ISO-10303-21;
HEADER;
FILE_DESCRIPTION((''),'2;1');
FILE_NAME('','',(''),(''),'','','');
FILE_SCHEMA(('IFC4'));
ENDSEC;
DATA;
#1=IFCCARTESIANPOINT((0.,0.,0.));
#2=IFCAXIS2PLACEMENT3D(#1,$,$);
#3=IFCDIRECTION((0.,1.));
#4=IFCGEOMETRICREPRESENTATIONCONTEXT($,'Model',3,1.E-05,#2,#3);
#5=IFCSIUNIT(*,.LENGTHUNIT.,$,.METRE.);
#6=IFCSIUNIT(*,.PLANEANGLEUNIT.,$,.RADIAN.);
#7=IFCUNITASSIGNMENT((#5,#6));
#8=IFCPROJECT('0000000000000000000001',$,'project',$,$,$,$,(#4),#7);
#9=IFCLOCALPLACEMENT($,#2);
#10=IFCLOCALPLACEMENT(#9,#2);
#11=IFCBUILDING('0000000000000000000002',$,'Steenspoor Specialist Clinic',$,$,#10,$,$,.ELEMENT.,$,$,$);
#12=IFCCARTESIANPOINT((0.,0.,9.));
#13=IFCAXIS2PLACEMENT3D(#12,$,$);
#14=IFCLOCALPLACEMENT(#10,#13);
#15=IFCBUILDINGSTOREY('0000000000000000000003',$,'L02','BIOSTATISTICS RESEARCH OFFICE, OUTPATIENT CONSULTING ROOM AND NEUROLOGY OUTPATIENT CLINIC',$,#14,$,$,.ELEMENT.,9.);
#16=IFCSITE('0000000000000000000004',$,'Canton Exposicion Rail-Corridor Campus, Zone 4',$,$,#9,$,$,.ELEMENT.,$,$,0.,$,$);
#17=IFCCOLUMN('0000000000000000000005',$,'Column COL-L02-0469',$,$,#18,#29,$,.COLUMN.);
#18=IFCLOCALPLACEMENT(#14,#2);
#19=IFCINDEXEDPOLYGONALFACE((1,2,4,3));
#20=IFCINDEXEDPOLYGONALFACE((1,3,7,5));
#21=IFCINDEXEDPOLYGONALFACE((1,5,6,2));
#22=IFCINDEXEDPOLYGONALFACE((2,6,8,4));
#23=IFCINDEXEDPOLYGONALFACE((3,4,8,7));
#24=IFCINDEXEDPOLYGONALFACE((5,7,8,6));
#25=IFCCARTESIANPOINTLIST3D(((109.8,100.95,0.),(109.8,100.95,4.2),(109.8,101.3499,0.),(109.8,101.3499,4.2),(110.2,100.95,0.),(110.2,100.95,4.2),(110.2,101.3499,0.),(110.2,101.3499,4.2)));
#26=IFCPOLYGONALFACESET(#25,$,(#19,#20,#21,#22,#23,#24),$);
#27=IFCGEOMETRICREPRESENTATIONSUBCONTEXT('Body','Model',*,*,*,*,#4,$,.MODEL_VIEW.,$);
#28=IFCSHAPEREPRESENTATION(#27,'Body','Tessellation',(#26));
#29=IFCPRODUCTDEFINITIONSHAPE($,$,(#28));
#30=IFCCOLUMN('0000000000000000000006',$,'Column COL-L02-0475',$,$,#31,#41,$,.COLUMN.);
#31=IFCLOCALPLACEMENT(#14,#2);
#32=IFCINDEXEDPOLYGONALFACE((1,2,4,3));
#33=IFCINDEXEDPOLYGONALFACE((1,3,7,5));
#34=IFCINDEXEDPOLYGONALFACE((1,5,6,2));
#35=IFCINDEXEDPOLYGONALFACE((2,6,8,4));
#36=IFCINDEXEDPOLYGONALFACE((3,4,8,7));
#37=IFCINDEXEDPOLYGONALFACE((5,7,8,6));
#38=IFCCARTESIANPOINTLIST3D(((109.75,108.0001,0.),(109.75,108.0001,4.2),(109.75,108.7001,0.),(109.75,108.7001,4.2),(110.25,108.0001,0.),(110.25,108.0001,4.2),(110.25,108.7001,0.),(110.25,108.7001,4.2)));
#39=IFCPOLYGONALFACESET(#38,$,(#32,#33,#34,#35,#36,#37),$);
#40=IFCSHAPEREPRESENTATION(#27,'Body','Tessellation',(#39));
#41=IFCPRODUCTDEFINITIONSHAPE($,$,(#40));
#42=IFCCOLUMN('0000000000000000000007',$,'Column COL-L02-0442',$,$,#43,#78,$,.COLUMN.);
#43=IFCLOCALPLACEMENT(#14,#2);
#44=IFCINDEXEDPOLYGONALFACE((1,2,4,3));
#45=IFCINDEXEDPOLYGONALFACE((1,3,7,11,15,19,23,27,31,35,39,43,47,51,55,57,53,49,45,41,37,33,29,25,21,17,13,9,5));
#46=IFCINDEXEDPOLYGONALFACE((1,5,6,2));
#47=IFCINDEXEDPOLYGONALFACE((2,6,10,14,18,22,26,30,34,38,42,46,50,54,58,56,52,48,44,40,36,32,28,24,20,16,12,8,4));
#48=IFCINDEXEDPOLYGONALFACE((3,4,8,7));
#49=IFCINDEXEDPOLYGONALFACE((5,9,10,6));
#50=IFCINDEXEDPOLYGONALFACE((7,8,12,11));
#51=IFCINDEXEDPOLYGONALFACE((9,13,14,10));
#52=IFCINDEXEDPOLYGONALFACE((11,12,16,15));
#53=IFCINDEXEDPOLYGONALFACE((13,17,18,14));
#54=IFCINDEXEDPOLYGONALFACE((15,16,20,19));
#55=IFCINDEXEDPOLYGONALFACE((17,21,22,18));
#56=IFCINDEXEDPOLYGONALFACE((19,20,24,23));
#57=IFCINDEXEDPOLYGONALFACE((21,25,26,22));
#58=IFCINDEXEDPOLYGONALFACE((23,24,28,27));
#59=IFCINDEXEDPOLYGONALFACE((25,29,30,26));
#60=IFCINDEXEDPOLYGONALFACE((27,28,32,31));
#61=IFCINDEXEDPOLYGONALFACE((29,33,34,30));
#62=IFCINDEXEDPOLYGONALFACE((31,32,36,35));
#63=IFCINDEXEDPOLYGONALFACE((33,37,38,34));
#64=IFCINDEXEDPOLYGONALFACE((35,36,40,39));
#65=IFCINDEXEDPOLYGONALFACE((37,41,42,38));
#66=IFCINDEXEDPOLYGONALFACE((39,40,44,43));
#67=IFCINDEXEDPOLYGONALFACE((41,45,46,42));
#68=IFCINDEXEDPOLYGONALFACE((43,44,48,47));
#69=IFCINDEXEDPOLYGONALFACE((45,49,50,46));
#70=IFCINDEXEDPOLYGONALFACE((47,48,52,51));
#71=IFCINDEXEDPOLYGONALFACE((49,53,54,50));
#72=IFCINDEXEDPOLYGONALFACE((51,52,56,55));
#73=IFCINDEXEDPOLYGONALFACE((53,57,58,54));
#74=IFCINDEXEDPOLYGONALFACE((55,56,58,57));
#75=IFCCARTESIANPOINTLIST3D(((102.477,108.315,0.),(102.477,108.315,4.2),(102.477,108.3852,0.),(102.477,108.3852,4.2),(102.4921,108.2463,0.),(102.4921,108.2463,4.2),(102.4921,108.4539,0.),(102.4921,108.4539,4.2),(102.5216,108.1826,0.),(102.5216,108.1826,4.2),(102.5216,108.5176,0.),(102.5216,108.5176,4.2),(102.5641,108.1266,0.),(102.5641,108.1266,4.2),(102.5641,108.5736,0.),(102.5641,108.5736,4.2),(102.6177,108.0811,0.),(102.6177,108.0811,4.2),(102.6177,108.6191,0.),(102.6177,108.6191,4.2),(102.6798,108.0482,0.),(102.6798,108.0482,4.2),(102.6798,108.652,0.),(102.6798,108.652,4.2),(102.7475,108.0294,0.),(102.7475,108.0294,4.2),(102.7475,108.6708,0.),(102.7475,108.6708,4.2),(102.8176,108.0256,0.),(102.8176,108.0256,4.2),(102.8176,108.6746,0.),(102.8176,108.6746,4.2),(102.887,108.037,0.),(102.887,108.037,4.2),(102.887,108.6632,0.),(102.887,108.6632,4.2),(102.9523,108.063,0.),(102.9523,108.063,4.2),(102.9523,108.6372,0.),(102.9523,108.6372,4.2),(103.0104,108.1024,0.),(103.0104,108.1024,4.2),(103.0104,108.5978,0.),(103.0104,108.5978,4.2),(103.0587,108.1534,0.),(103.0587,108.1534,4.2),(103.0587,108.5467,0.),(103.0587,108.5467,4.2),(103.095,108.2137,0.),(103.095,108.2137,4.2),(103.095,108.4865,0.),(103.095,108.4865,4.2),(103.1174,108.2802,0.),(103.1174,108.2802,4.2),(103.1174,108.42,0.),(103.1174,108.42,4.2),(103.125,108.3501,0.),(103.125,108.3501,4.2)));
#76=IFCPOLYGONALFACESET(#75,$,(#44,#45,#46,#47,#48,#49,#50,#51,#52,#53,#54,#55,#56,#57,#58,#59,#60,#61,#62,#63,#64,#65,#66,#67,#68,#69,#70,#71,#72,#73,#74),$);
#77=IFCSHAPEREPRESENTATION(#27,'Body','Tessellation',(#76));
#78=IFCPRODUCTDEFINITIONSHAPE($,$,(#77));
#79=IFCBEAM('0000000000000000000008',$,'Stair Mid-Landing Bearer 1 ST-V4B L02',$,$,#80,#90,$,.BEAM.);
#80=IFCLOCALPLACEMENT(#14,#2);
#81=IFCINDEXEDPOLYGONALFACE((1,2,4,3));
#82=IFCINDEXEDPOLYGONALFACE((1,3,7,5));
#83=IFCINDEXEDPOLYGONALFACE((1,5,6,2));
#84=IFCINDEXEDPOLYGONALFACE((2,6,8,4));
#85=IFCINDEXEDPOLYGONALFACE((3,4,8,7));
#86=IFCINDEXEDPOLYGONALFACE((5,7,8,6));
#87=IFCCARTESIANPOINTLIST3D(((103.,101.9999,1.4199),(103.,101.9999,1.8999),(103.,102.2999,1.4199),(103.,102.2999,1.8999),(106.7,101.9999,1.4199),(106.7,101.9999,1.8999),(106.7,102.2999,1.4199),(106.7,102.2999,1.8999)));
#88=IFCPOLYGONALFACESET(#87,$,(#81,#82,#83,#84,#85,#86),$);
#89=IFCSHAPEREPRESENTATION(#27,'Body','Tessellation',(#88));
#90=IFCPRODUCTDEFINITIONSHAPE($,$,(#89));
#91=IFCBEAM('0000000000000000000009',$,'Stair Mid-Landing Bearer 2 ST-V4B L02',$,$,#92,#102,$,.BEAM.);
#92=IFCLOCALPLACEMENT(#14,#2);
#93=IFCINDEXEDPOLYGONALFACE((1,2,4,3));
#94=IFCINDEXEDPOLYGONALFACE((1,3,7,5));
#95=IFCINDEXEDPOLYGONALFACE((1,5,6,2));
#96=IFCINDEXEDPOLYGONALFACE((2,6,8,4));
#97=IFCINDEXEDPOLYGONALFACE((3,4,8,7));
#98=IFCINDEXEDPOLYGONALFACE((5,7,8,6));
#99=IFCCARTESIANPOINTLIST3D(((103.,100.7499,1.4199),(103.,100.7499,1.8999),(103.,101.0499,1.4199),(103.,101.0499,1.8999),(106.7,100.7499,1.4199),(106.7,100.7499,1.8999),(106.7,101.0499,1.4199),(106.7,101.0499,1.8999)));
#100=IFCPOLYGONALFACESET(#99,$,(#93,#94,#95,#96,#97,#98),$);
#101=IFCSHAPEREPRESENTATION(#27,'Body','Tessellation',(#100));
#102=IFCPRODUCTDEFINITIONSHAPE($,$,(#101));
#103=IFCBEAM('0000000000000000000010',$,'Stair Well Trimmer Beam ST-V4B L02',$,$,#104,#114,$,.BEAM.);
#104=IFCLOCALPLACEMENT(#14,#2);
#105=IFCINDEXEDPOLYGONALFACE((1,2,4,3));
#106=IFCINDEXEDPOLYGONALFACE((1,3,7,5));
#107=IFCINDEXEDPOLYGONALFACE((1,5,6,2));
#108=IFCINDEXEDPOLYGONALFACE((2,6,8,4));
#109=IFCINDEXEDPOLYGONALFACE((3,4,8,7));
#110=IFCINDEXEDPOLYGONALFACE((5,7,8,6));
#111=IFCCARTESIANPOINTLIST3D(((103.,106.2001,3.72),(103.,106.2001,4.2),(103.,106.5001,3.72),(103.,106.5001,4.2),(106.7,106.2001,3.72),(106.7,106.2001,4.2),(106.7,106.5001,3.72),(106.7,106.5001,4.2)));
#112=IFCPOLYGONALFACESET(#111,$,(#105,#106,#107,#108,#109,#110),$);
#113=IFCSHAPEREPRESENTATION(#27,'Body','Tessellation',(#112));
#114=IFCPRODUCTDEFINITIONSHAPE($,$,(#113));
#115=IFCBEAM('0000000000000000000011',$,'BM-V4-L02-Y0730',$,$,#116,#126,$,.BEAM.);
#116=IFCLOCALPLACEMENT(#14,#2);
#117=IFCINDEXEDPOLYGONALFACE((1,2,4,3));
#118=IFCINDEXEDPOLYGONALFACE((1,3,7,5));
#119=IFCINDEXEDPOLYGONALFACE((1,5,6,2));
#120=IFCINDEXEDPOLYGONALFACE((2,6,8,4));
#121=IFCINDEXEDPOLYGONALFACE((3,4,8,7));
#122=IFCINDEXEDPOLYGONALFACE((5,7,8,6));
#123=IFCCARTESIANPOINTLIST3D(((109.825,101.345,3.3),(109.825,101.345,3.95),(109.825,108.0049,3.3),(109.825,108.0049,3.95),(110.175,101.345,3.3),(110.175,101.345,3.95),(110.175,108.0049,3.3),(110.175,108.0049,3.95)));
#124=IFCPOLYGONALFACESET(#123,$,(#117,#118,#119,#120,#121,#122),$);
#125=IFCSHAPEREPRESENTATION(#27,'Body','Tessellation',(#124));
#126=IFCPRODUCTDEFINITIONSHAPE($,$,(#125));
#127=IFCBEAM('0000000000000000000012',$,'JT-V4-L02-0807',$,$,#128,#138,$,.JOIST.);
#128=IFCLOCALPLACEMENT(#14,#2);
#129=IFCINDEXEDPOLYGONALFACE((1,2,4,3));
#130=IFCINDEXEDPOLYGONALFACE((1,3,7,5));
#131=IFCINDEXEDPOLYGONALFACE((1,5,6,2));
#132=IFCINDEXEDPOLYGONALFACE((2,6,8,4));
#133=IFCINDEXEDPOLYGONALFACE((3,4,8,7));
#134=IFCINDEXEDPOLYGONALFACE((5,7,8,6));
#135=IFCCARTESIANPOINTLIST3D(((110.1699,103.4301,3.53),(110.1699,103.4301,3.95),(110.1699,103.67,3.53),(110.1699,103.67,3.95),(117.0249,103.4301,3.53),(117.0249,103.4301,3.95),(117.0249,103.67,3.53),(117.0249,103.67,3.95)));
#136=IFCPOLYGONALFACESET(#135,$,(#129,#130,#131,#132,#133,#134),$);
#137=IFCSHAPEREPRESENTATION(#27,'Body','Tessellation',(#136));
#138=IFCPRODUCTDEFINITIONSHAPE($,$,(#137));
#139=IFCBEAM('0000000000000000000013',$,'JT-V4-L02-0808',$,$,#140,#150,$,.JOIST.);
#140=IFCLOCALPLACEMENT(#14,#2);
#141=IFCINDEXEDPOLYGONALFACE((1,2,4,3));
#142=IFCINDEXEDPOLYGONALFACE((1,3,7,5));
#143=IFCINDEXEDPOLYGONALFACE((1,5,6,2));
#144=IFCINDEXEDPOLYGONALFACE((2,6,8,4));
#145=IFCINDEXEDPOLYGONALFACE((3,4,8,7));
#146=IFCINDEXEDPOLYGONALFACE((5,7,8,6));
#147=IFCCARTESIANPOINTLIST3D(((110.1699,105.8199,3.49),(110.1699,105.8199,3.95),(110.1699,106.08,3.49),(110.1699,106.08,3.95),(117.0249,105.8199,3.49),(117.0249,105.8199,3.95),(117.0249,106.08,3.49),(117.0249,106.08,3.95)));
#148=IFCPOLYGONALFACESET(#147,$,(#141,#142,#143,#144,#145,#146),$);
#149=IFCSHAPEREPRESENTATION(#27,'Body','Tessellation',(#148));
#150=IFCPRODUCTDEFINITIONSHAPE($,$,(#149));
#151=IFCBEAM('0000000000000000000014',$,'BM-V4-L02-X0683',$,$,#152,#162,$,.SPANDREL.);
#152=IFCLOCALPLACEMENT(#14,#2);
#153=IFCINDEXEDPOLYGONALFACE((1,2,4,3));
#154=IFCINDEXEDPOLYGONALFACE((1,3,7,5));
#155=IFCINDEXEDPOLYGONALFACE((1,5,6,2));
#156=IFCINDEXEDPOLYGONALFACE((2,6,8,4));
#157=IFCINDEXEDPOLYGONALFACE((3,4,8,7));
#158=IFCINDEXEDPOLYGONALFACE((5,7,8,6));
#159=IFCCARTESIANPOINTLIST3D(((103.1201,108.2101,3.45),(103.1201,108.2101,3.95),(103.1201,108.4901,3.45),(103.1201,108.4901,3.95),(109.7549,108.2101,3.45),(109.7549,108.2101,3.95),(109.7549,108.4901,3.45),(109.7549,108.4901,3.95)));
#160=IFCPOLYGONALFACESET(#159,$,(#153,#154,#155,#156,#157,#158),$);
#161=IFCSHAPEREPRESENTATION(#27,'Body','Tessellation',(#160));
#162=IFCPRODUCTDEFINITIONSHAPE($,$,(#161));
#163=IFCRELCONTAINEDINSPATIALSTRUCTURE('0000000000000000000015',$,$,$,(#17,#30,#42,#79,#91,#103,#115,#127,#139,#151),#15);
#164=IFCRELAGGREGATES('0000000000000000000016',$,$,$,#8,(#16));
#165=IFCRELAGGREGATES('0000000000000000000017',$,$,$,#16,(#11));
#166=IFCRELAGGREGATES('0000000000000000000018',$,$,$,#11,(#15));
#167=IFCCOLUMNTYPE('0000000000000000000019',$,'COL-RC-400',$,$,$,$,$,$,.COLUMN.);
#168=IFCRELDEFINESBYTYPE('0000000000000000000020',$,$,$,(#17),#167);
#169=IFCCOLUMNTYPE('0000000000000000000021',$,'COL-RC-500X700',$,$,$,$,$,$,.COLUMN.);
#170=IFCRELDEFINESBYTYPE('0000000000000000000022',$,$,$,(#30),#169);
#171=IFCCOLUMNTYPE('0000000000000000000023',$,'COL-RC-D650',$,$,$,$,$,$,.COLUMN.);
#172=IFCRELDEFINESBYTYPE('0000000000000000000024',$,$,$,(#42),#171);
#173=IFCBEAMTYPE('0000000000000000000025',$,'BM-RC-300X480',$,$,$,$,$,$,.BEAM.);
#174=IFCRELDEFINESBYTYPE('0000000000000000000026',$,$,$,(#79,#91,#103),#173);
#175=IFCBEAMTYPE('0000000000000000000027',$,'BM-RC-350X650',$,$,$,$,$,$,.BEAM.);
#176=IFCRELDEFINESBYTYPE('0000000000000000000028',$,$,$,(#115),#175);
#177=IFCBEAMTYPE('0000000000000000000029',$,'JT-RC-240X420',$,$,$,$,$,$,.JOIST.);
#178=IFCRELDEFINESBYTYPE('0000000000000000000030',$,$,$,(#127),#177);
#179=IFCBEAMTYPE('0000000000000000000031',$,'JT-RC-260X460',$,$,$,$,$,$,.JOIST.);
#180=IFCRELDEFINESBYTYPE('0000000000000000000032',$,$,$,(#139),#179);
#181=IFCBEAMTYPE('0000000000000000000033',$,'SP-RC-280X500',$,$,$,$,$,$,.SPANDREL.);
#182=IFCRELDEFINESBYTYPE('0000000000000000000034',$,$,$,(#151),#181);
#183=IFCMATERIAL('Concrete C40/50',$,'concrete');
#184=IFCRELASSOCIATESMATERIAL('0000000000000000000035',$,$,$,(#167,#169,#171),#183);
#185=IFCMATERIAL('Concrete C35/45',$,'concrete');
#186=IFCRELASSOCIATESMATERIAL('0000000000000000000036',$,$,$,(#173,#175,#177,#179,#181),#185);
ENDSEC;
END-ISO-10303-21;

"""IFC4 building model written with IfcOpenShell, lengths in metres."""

from ifc_helpers import new_model, si_unit, direction, frame, origin, origin_2d, place, context, subcontext, project, spatial, rectangle, circle, extrude, material, material_profile, profile_set, type_object, element, save


model = new_model("IFC4")

# Units and contexts
model_context = context("Model", 3, precision=1e-05, world=origin(), true_north=direction((0.0, 1.0)))
body_context = subcontext(model_context, "Body", "Model", "MODEL_VIEW")
ifc_project = project(units=[si_unit("LENGTHUNIT", "METRE"), si_unit("PLANEANGLEUNIT", "RADIAN")], contexts=[model_context])

# Site, building, storey
site_placement = place(None, origin())
site = spatial("IfcSite", under=ifc_project, at=site_placement, Name="Canton Exposicion Rail-Corridor Campus, Zone 4", CompositionType="ELEMENT", RefElevation=0.0)
building_placement = place(site_placement, origin())
building = spatial("IfcBuilding", under=site, at=building_placement, Name="Steenspoor Specialist Clinic", CompositionType="ELEMENT")
storey_placement = place(building_placement, frame((0.0, 0.0, 9.0)))
storey = spatial("IfcBuildingStorey", under=building, at=storey_placement, Name="L02", Description="BIOSTATISTICS RESEARCH OFFICE, OUTPATIENT CONSULTING ROOM AND NEUROLOGY OUTPATIENT CLINIC", CompositionType="ELEMENT", Elevation=9.0)

# Columns
ifc_material_1 = material(Name="Concrete C40/50", Category="concrete")
ifc_material_profile_1 = material_profile(ifc_material_1, rectangle(XDim=0.3999, YDim=0.3999, at=origin_2d()), Name="RC-COL-400X400")
ifc_profile_set_1 = profile_set([ifc_material_profile_1], Name="Concrete C40/50")
column_type_1 = type_object("IfcColumnType", Name="COL-RC-400", PredefinedType="COLUMN", material=ifc_profile_set_1)
column_1_placement = place(storey_placement, frame((110.0, 101.1499, 0.0), z_axis=(0.0, 0.0, 1.0), x_axis=(1.0, 0.0, 0.0)))
element("IfcColumn", 1, at=column_1_placement, inside=storey, type_object=column_type_1, Name="Column COL-L02-0469", PredefinedType="COLUMN", context=body_context, shape_type="SweptSolid", body=[
    extrude(rectangle(XDim=0.3999, YDim=0.3999, at=origin_2d()), origin(), (0.0, 0.0, 1.0), 4.2),
])
ifc_material_profile_2 = material_profile(ifc_material_1, rectangle(XDim=0.5, YDim=0.7, at=origin_2d()), Name="RC-COL-500X700")
ifc_profile_set_2 = profile_set([ifc_material_profile_2], Name="Concrete C40/50")
column_type_2 = type_object("IfcColumnType", Name="COL-RC-500X700", PredefinedType="COLUMN", material=ifc_profile_set_2)
column_2_placement = place(storey_placement, frame((110.0, 108.3501, 0.0), z_axis=(0.0, 0.0, 1.0), x_axis=(1.0, 0.0, 0.0)))
element("IfcColumn", 2, at=column_2_placement, inside=storey, type_object=column_type_2, Name="Column COL-L02-0475", PredefinedType="COLUMN", context=body_context, shape_type="SweptSolid", body=[
    extrude(rectangle(XDim=0.5, YDim=0.7, at=origin_2d()), origin(), (0.0, 0.0, 1.0), 4.2),
])
ifc_material_profile_3 = material_profile(ifc_material_1, circle(Radius=0.325, at=origin_2d()), Name="RC-COL-D650")
ifc_profile_set_3 = profile_set([ifc_material_profile_3], Name="Concrete C40/50")
column_type_3 = type_object("IfcColumnType", Name="COL-RC-D650", PredefinedType="COLUMN", material=ifc_profile_set_3)
column_3_placement = place(storey_placement, frame((102.8, 108.3501, 0.0), z_axis=(0.0, 0.0, 1.0), x_axis=(1.0, 0.0, 0.0)))
element("IfcColumn", 3, at=column_3_placement, inside=storey, type_object=column_type_3, Name="Column COL-L02-0442", PredefinedType="COLUMN", context=body_context, shape_type="SweptSolid", body=[
    extrude(circle(Radius=0.325, at=origin_2d()), origin(), (0.0, 0.0, 1.0), 4.2),
])

# Beams
ifc_material_2 = material(Name="Concrete C35/45", Category="concrete")
ifc_material_profile_4 = material_profile(ifc_material_2, rectangle(XDim=0.3, YDim=0.48, at=origin_2d()), Name="RC-BM-300X480")
ifc_profile_set_4 = profile_set([ifc_material_profile_4], Name="Concrete C35/45")
beam_type_1 = type_object("IfcBeamType", Name="BM-RC-300X480", PredefinedType="BEAM", material=ifc_profile_set_4)
for number, where, z_axis, x_axis, name in (
    (4, (103.0, 102.1499, 1.6599), (1.0, 0.0, 0.0), (0.0, 1.0, 0.0), "Stair Mid-Landing Bearer 1 ST-V4B L02"),
    (5, (103.0, 100.8999, 1.6599), (1.0, 0.0, 0.0), (0.0, 1.0, 0.0), "Stair Mid-Landing Bearer 2 ST-V4B L02"),
    (6, (103.0, 106.3501, 3.96), (1.0, 0.0, 0.0), (0.0, 1.0, 0.0), "Stair Well Trimmer Beam ST-V4B L02"),
):
    element("IfcBeam", number, at=place(storey_placement, frame(where, z_axis=z_axis, x_axis=x_axis)), inside=storey, type_object=beam_type_1, Name=name, PredefinedType="BEAM", context=body_context, shape_type="SweptSolid", body=[
        extrude(rectangle(XDim=0.3, YDim=0.48, at=origin_2d()), origin(), (0.0, 0.0, 1.0), 3.7),
    ])
ifc_material_profile_5 = material_profile(ifc_material_2, rectangle(XDim=0.3501, YDim=0.6499, at=origin_2d()), Name="RC-BM-350X650")
ifc_profile_set_5 = profile_set([ifc_material_profile_5], Name="Concrete C35/45")
beam_type_2 = type_object("IfcBeamType", Name="BM-RC-350X650", PredefinedType="BEAM", material=ifc_profile_set_5)
beam_1_placement = place(storey_placement, frame((110.0, 101.345, 3.625), z_axis=(0.0, 1.0, 0.0), x_axis=(-1.0, 0.0, 0.0)))
element("IfcBeam", 7, at=beam_1_placement, inside=storey, type_object=beam_type_2, Name="BM-V4-L02-Y0730", PredefinedType="BEAM", context=body_context, shape_type="SweptSolid", body=[
    extrude(rectangle(XDim=0.3501, YDim=0.6499, at=origin_2d()), origin(), (0.0, 0.0, 1.0), 6.6599),
])
ifc_material_profile_6 = material_profile(ifc_material_2, rectangle(XDim=0.24, YDim=0.4199, at=origin_2d()), Name="RC-JT-240X420")
ifc_profile_set_6 = profile_set([ifc_material_profile_6], Name="Concrete C35/45")
beam_type_3 = type_object("IfcBeamType", Name="JT-RC-240X420", PredefinedType="JOIST", material=ifc_profile_set_6)
beam_2_placement = place(storey_placement, frame((110.1699, 103.55, 3.74), z_axis=(1.0, 0.0, 0.0), x_axis=(0.0, 1.0, 0.0)))
element("IfcBeam", 8, at=beam_2_placement, inside=storey, type_object=beam_type_3, Name="JT-V4-L02-0807", PredefinedType="JOIST", context=body_context, shape_type="SweptSolid", body=[
    extrude(rectangle(XDim=0.24, YDim=0.4199, at=origin_2d()), origin(), (0.0, 0.0, 1.0), 6.855),
])
ifc_material_profile_7 = material_profile(ifc_material_2, rectangle(XDim=0.26, YDim=0.46, at=origin_2d()), Name="RC-JT-260X460")
ifc_profile_set_7 = profile_set([ifc_material_profile_7], Name="Concrete C35/45")
beam_type_4 = type_object("IfcBeamType", Name="JT-RC-260X460", PredefinedType="JOIST", material=ifc_profile_set_7)
beam_3_placement = place(storey_placement, frame((110.1699, 105.95, 3.72), z_axis=(1.0, 0.0, 0.0), x_axis=(0.0, 1.0, 0.0)))
element("IfcBeam", 9, at=beam_3_placement, inside=storey, type_object=beam_type_4, Name="JT-V4-L02-0808", PredefinedType="JOIST", context=body_context, shape_type="SweptSolid", body=[
    extrude(rectangle(XDim=0.26, YDim=0.46, at=origin_2d()), origin(), (0.0, 0.0, 1.0), 6.855),
])
ifc_material_profile_8 = material_profile(ifc_material_2, rectangle(XDim=0.28, YDim=0.5, at=origin_2d()), Name="RC-SP-280X500")
ifc_profile_set_8 = profile_set([ifc_material_profile_8], Name="Concrete C35/45")
beam_type_5 = type_object("IfcBeamType", Name="SP-RC-280X500", PredefinedType="SPANDREL", material=ifc_profile_set_8)
beam_4_placement = place(storey_placement, frame((103.1201, 108.3501, 3.7), z_axis=(1.0, 0.0, 0.0), x_axis=(0.0, 1.0, 0.0)))
element("IfcBeam", 10, at=beam_4_placement, inside=storey, type_object=beam_type_5, Name="BM-V4-L02-X0683", PredefinedType="SPANDREL", context=body_context, shape_type="SweptSolid", body=[
    extrude(rectangle(XDim=0.28, YDim=0.5, at=origin_2d()), origin(), (0.0, 0.0, 1.0), 6.6348),
])

save(model, "model.ifc")
